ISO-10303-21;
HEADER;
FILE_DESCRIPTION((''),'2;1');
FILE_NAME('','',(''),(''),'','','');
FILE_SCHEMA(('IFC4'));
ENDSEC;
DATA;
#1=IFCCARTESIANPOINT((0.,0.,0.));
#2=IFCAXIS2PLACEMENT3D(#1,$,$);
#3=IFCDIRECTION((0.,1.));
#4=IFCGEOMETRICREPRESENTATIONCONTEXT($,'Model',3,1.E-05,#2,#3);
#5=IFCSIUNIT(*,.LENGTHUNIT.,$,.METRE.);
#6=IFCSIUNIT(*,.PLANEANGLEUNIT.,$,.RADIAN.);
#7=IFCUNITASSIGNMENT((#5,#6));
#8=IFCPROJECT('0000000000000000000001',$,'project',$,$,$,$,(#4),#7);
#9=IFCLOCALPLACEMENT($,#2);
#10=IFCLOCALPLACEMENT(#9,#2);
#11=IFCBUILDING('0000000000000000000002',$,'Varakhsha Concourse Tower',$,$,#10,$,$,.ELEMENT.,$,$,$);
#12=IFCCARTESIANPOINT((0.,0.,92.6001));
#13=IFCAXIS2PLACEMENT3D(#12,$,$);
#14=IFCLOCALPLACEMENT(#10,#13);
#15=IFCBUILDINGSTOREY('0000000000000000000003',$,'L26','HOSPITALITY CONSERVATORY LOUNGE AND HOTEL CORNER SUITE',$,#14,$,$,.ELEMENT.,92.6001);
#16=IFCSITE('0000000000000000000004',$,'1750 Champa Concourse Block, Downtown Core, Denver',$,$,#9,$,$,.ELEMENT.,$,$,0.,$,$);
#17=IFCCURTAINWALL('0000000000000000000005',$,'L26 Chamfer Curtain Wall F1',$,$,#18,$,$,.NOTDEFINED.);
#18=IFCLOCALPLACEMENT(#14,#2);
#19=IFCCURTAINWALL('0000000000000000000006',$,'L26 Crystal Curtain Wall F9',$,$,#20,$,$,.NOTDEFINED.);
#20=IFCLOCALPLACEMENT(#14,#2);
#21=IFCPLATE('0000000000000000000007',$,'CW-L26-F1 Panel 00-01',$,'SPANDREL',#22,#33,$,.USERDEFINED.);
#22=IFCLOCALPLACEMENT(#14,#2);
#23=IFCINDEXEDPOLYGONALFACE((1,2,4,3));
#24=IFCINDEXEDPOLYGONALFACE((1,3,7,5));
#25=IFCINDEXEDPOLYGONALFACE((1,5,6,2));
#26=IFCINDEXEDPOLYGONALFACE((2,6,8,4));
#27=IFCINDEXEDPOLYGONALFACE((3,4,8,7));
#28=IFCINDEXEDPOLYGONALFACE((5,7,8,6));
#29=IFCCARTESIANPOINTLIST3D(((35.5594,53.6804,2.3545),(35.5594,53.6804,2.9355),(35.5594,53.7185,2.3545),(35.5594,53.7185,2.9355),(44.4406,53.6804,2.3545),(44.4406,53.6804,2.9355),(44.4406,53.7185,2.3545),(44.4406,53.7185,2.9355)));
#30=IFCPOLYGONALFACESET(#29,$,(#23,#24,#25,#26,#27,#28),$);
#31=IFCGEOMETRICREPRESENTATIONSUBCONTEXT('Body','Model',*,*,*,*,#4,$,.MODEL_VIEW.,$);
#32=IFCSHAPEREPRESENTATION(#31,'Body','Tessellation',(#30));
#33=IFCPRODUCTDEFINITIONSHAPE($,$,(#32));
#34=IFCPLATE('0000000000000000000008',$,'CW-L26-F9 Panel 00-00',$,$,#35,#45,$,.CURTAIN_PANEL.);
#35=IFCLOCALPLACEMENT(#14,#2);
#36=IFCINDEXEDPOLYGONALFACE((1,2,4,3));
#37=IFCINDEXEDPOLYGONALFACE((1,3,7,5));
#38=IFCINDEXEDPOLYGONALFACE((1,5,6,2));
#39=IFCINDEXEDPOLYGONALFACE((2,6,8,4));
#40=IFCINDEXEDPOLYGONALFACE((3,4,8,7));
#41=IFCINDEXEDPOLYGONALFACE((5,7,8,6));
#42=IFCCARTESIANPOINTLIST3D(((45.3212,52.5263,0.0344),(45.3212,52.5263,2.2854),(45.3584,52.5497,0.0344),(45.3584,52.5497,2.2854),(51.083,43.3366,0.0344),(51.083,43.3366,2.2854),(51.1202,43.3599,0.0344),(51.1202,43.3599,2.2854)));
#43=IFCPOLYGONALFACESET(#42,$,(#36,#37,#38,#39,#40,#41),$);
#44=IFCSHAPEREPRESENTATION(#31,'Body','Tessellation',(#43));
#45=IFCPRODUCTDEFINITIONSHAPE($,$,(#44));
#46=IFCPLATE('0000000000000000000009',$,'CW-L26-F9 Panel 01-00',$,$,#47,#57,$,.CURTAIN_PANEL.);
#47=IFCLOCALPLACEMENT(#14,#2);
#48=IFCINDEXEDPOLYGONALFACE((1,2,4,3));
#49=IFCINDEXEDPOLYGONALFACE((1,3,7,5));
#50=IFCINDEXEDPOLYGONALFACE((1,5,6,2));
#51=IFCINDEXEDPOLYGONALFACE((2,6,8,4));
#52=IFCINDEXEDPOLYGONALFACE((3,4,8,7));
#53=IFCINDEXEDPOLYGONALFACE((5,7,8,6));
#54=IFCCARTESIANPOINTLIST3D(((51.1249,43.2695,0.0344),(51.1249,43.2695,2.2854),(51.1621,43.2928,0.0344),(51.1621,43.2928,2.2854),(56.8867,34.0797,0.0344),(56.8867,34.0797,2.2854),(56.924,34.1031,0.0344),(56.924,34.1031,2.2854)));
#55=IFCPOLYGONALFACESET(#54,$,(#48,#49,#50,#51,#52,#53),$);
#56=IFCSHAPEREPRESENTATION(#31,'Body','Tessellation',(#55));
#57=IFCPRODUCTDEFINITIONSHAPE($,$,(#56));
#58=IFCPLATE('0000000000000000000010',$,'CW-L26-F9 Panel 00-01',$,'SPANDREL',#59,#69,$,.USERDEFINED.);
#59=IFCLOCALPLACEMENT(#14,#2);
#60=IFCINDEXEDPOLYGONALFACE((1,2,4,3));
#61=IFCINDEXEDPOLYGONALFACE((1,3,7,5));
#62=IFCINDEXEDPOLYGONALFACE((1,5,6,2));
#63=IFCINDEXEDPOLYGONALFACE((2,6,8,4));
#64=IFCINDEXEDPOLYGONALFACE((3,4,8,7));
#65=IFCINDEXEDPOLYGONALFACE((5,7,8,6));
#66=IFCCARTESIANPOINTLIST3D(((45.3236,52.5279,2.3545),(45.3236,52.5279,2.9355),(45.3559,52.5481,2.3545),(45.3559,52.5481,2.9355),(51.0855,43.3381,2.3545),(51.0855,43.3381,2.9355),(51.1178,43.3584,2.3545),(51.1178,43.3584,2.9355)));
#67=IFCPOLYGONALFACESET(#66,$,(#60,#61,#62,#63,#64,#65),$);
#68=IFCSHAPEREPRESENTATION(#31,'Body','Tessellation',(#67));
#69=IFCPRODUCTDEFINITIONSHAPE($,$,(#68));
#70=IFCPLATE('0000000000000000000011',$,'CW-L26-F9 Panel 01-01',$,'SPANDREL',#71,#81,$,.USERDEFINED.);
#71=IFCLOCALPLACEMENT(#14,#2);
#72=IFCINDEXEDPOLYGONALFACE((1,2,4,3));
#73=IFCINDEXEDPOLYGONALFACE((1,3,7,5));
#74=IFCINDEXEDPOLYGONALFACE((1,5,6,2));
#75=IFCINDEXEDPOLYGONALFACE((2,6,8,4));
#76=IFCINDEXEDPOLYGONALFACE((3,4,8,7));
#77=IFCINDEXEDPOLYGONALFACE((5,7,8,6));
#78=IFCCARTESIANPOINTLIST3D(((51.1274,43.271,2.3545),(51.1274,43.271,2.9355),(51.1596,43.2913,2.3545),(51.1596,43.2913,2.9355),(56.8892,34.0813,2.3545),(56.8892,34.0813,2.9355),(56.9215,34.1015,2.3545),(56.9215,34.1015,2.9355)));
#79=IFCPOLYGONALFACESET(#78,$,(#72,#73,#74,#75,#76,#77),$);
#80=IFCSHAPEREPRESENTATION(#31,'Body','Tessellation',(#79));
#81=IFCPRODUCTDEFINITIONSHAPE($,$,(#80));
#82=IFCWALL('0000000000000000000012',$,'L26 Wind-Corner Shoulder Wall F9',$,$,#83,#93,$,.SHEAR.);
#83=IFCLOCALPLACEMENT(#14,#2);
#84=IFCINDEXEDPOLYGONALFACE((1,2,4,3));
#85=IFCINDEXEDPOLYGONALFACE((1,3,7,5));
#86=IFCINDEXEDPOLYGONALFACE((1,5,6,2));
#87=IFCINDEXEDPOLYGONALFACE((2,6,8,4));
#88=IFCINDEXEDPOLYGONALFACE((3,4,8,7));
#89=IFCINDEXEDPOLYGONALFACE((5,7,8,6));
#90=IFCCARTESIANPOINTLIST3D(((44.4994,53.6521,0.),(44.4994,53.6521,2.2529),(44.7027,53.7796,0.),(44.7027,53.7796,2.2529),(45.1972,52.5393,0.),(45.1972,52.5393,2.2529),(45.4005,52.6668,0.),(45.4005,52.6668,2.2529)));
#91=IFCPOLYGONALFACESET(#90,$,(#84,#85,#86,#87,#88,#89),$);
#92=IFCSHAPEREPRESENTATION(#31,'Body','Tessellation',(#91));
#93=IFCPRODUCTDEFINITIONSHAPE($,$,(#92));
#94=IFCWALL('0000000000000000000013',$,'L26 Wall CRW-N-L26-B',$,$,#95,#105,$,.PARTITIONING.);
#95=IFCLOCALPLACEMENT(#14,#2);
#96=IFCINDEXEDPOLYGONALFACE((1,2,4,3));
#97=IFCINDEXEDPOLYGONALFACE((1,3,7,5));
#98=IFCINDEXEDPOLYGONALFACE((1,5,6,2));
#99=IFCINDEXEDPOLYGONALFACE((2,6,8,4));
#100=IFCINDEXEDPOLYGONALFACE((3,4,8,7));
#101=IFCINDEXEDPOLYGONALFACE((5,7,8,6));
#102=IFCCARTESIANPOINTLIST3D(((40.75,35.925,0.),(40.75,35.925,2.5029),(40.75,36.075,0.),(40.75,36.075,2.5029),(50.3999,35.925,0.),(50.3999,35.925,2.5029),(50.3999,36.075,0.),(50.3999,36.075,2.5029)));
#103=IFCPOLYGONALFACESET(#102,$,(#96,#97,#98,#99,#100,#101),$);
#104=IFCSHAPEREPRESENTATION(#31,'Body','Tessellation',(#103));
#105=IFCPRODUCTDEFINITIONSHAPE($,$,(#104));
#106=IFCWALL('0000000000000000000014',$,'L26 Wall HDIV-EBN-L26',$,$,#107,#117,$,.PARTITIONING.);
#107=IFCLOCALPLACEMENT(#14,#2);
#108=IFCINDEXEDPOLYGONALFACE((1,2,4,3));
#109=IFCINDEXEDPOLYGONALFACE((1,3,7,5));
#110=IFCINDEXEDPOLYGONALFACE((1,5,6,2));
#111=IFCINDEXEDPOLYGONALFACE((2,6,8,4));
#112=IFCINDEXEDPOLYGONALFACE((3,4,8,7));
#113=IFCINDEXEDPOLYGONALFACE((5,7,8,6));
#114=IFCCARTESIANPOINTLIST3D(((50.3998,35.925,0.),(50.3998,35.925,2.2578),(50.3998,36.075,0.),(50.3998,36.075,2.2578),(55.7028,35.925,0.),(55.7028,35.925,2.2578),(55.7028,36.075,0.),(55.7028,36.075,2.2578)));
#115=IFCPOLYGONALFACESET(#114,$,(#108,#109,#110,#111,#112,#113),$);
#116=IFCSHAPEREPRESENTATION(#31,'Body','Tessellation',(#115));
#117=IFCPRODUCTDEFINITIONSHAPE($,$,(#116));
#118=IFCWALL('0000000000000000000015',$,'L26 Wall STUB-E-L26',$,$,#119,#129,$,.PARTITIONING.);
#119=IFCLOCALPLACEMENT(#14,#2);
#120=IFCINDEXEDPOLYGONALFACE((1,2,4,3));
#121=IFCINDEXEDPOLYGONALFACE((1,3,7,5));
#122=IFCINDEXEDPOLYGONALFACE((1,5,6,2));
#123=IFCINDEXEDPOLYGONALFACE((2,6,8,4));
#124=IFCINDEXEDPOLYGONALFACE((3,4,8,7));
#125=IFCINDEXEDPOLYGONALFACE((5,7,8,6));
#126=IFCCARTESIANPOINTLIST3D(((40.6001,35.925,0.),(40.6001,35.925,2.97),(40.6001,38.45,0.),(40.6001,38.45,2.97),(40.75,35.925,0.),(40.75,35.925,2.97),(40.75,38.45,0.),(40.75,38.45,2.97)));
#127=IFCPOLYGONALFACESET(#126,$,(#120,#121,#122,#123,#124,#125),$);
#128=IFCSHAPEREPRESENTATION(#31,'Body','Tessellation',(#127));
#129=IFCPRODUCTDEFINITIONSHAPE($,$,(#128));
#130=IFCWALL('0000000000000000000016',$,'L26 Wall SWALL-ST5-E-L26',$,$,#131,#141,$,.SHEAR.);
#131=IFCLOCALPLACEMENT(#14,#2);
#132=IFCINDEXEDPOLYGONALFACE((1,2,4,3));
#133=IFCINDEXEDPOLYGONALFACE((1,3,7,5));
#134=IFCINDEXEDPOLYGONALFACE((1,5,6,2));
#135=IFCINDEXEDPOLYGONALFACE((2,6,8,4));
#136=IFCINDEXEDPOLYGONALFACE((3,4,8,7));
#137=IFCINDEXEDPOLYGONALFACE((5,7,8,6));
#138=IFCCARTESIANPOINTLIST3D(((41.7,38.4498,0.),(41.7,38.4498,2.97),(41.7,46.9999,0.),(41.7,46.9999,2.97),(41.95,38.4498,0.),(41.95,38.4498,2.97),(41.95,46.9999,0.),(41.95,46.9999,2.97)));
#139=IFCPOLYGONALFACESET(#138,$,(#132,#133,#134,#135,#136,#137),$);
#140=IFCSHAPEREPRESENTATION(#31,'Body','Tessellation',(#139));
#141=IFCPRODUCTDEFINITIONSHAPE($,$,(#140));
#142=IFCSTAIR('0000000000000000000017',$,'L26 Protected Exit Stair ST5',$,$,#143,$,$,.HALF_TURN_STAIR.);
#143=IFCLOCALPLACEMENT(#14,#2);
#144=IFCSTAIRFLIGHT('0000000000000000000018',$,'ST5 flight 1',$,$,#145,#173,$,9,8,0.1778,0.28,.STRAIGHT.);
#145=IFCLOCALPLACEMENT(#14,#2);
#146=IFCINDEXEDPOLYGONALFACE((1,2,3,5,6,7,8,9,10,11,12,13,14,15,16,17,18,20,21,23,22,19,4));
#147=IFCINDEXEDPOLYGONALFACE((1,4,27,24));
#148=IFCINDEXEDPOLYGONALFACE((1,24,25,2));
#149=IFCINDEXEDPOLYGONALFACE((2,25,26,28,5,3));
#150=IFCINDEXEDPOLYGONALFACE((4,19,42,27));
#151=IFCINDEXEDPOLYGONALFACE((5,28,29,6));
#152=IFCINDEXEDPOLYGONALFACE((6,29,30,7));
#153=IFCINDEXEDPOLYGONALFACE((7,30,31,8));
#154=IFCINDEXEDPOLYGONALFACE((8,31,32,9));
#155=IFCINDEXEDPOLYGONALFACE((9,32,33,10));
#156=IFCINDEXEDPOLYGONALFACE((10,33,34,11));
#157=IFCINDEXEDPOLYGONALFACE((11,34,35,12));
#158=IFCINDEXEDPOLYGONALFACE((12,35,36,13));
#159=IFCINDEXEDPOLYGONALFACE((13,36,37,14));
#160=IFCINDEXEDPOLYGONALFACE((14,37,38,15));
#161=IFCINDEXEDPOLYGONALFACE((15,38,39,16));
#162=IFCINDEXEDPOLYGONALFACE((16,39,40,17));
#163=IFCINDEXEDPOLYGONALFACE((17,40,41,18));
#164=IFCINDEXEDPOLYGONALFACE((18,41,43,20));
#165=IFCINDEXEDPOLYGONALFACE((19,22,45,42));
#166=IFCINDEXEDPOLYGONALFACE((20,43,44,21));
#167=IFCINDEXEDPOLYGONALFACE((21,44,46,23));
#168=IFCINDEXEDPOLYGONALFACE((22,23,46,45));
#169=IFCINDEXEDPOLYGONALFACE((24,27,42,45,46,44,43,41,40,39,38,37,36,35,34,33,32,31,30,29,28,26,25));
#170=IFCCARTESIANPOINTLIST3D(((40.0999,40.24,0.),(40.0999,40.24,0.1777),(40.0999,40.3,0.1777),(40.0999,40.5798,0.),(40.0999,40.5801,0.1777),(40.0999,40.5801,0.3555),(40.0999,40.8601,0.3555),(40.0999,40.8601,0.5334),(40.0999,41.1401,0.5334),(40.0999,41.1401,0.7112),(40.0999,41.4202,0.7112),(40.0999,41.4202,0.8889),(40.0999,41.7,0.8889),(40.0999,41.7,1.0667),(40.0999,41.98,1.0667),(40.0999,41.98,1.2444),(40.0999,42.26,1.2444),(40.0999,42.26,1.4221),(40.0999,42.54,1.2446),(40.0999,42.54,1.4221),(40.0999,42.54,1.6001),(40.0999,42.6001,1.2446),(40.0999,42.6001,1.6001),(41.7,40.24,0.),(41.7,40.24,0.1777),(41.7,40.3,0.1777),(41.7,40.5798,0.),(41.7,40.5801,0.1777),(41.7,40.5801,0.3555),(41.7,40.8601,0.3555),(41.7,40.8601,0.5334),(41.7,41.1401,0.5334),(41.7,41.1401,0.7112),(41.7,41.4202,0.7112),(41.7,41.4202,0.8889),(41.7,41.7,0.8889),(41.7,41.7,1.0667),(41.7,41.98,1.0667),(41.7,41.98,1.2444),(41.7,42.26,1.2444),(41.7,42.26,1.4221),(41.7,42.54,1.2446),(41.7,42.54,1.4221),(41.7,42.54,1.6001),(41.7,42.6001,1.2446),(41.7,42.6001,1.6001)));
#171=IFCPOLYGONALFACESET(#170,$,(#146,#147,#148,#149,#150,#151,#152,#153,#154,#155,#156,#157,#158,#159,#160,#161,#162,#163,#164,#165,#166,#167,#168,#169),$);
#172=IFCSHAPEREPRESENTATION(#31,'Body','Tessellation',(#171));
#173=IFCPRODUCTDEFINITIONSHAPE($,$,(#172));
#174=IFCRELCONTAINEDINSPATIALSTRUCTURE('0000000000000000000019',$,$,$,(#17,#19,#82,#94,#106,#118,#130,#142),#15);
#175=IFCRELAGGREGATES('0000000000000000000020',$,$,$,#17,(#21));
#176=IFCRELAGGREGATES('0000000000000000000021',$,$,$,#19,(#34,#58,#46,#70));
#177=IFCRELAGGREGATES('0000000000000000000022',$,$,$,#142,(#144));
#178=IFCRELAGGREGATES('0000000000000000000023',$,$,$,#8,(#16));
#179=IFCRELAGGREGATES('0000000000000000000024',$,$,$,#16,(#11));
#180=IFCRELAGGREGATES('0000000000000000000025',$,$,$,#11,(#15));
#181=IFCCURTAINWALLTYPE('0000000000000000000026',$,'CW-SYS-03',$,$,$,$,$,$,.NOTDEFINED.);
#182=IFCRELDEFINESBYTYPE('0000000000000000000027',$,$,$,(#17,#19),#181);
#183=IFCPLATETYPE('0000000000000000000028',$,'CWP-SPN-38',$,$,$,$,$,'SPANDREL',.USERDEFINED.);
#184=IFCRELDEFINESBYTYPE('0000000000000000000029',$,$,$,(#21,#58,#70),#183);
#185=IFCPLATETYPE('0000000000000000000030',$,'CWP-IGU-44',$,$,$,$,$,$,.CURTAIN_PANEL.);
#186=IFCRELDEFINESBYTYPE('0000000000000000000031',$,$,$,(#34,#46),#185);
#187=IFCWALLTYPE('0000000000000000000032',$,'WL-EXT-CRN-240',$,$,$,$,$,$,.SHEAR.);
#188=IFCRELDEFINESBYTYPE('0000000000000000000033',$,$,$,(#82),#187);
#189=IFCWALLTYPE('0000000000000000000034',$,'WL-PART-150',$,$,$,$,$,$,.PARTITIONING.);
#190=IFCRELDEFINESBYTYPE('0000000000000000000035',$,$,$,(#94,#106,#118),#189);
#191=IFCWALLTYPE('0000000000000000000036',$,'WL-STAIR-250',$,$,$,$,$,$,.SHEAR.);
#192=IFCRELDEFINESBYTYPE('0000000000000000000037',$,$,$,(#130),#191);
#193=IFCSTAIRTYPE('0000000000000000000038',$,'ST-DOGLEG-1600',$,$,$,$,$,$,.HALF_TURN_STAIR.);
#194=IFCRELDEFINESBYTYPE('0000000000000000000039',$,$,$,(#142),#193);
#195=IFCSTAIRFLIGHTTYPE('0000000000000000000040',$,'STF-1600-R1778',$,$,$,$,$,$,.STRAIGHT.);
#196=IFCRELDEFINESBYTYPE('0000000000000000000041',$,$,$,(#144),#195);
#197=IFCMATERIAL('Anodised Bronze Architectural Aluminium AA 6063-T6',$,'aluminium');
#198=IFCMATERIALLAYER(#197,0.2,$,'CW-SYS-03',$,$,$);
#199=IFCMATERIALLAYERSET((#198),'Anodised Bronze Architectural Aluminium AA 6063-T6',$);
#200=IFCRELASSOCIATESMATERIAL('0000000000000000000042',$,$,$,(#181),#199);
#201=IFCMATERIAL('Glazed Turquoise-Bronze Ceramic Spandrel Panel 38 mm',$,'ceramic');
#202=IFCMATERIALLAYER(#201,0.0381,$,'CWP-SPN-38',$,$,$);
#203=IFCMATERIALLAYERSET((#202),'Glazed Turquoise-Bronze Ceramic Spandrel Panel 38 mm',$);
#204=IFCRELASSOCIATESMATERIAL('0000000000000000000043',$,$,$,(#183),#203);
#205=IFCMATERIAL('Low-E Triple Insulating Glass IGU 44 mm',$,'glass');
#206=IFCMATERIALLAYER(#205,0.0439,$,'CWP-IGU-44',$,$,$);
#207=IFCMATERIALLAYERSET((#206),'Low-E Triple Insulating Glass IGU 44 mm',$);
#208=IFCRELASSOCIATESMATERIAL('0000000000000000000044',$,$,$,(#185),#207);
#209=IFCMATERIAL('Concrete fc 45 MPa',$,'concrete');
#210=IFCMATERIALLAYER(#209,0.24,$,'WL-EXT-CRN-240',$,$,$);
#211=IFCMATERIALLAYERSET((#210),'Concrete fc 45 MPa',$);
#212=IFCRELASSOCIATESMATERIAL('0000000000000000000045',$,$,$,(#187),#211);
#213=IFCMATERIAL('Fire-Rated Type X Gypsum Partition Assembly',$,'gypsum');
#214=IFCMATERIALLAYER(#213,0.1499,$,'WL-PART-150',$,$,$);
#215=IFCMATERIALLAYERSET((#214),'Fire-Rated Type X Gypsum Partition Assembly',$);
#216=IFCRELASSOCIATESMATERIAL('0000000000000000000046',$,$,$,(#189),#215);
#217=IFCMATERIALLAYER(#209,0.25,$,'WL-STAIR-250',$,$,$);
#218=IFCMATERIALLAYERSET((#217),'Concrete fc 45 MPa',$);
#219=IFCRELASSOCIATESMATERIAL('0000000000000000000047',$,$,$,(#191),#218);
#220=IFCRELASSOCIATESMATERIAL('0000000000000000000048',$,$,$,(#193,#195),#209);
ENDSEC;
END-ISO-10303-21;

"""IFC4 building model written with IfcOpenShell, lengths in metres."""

from ifc_helpers import new_model, si_unit, direction, frame, frame_2d, origin, origin_2d, place, context, subcontext, project, spatial, polyline, rectangle, outline, extrude, source, transform, mapped, material, layer, layer_set, type_object, type_shapes, element, aggregate, save


model = new_model("IFC4")

# Units and contexts
model_context = context("Model", 3, precision=1e-05, world=origin(), true_north=direction((0.0, 1.0)))
body_context = subcontext(model_context, "Body", "Model", "MODEL_VIEW")
ifc_project = project(units=[si_unit("LENGTHUNIT", "METRE"), si_unit("PLANEANGLEUNIT", "RADIAN")], contexts=[model_context])

# Site, building, storey
site_placement = place(None, origin())
site = spatial("IfcSite", under=ifc_project, at=site_placement, Name="1750 Champa Concourse Block, Downtown Core, Denver", CompositionType="ELEMENT", RefElevation=0.0)
building_placement = place(site_placement, origin())
building = spatial("IfcBuilding", under=site, at=building_placement, Name="Varakhsha Concourse Tower", CompositionType="ELEMENT")
storey_placement = place(building_placement, frame((0.0, 0.0, 92.6001)))
storey = spatial("IfcBuildingStorey", under=building, at=storey_placement, Name="L26", Description="HOSPITALITY CONSERVATORY LOUNGE AND HOTEL CORNER SUITE", CompositionType="ELEMENT", Elevation=92.6001)

# Curtain wall
ifc_material_1 = material(Name="Anodised Bronze Architectural Aluminium AA 6063-T6", Category="aluminium")
ifc_layer_1 = layer(ifc_material_1, 0.2, Name="CW-SYS-03")
ifc_layer_set_1 = layer_set([ifc_layer_1], Name="Anodised Bronze Architectural Aluminium AA 6063-T6")
curtain_wall_type = type_object("IfcCurtainWallType", Name="CW-SYS-03", PredefinedType="NOTDEFINED", material=ifc_layer_set_1)
curtain_wall_1_placement = place(storey_placement, origin())
curtain_wall_1 = element("IfcCurtainWall", 1, at=curtain_wall_1_placement, inside=storey, type_object=curtain_wall_type, Name="L26 Chamfer Curtain Wall F1", PredefinedType="NOTDEFINED")

# Curtain wall
curtain_wall_2_placement = place(storey_placement, origin())
curtain_wall_2 = element("IfcCurtainWall", 2, at=curtain_wall_2_placement, inside=storey, type_object=curtain_wall_type, Name="L26 Crystal Curtain Wall F9", PredefinedType="NOTDEFINED")

# Plates
ifc_material_2 = material(Name="Glazed Turquoise-Bronze Ceramic Spandrel Panel 38 mm", Category="ceramic")
ifc_layer_2 = layer(ifc_material_2, 0.0381, Name="CWP-SPN-38")
ifc_layer_set_2 = layer_set([ifc_layer_2], Name="Glazed Turquoise-Bronze Ceramic Spandrel Panel 38 mm")
plate_type_1 = type_object("IfcPlateType", Name="CWP-SPN-38", ElementType="SPANDREL", PredefinedType="USERDEFINED", material=ifc_layer_set_2)
shared_shape_1 = source(origin(), body_context, "Body", "SweptSolid", [
    extrude(rectangle(XDim=8.8811, YDim=0.0381, at=origin_2d()), origin(), (0.0, 0.0, 1.0), 0.5811),
])
plate_1_placement = place(storey_placement, frame((40.0, 53.6995, 2.3545), z_axis=(0.0, 0.0, 1.0), x_axis=(1.0, 0.0, 0.0)))
plate_1 = element("IfcPlate", 3, at=plate_1_placement, type_object=plate_type_1, Name="CW-L26-F1 Panel 00-01", ObjectType="SPANDREL", PredefinedType="USERDEFINED", context=body_context, shape_type="MappedRepresentation", body=[
    mapped(shared_shape_1, transform((0.0, 0.0, 0.0), scale=1.0)),
])
aggregate(curtain_wall_1, [plate_1])
ifc_material_3 = material(Name="Low-E Triple Insulating Glass IGU 44 mm", Category="glass")
ifc_layer_3 = layer(ifc_material_3, 0.0439, Name="CWP-IGU-44")
ifc_layer_set_3 = layer_set([ifc_layer_3], Name="Low-E Triple Insulating Glass IGU 44 mm")
plate_type_2 = type_object("IfcPlateType", Name="CWP-IGU-44", PredefinedType="CURTAIN_PANEL", material=ifc_layer_set_3)
shared_shape_2 = source(origin(), body_context, "Body", "SweptSolid", [
    extrude(rectangle(XDim=10.8467, YDim=0.0439, at=origin_2d()), origin(), (0.0, 0.0, 1.0), 2.251),
])
type_shapes(plate_type_2, [shared_shape_2])
plate_2_placement = place(storey_placement, frame((48.2207, 47.9431, 0.0344), z_axis=(0.0, 0.0, 1.0), x_axis=(0.531209, -0.847241, 0.0)))
plate_2 = element("IfcPlate", 4, at=plate_2_placement, type_object=plate_type_2, Name="CW-L26-F9 Panel 00-00", PredefinedType="CURTAIN_PANEL", context=body_context, shape_type="MappedRepresentation", body=[
    mapped(shared_shape_2, transform((0.0, 0.0, 0.0), scale=1.0)),
])
plate_3_placement = place(storey_placement, frame((54.0244, 38.6863, 0.0344), z_axis=(0.0, 0.0, 1.0), x_axis=(0.531209, -0.847241, 0.0)))
plate_3 = element("IfcPlate", 5, at=plate_3_placement, type_object=plate_type_2, Name="CW-L26-F9 Panel 01-00", PredefinedType="CURTAIN_PANEL", context=body_context, shape_type="MappedRepresentation", body=[
    mapped(shared_shape_2, transform((0.0, 0.0, 0.0), scale=1.0)),
])
shared_shape_3 = source(origin(), body_context, "Body", "SweptSolid", [
    extrude(rectangle(XDim=10.8467, YDim=0.0381, at=origin_2d()), origin(), (0.0, 0.0, 1.0), 0.5811),
])
type_shapes(plate_type_1, [shared_shape_1, shared_shape_3])
plate_4_placement = place(storey_placement, frame((48.2207, 47.9431, 2.3545), z_axis=(0.0, 0.0, 1.0), x_axis=(0.531209, -0.847241, 0.0)))
plate_4 = element("IfcPlate", 6, at=plate_4_placement, type_object=plate_type_1, Name="CW-L26-F9 Panel 00-01", ObjectType="SPANDREL", PredefinedType="USERDEFINED", context=body_context, shape_type="MappedRepresentation", body=[
    mapped(shared_shape_3, transform((0.0, 0.0, 0.0), scale=1.0)),
])
plate_5_placement = place(storey_placement, frame((54.0244, 38.6863, 2.3545), z_axis=(0.0, 0.0, 1.0), x_axis=(0.531209, -0.847241, 0.0)))
plate_5 = element("IfcPlate", 7, at=plate_5_placement, type_object=plate_type_1, Name="CW-L26-F9 Panel 01-01", ObjectType="SPANDREL", PredefinedType="USERDEFINED", context=body_context, shape_type="MappedRepresentation", body=[
    mapped(shared_shape_3, transform((0.0, 0.0, 0.0), scale=1.0)),
])
aggregate(curtain_wall_2, [plate_2, plate_4, plate_3, plate_5])

# Walls
ifc_material_4 = material(Name="Concrete fc 45 MPa", Category="concrete")
ifc_layer_4 = layer(ifc_material_4, 0.24, Name="WL-EXT-CRN-240")
ifc_layer_set_4 = layer_set([ifc_layer_4], Name="Concrete fc 45 MPa")
wall_type_1 = type_object("IfcWallType", Name="WL-EXT-CRN-240", PredefinedType="SHEAR", material=ifc_layer_set_4)
wall_1_placement = place(storey_placement, frame((45.2988, 52.603, 0.0), z_axis=(0.0, 0.0, 1.0), x_axis=(-0.531235, 0.847225, 0.0)))
element("IfcWall", 8, at=wall_1_placement, inside=storey, type_object=wall_type_1, Name="L26 Wind-Corner Shoulder Wall F9", PredefinedType="SHEAR", context=body_context, shape_type="SweptSolid", body=[
    extrude(rectangle(XDim=1.3135, YDim=0.24, at=frame_2d((0.6567, 0.0))), origin(), (0.0, 0.0, 1.0), 2.2529),
])
ifc_material_5 = material(Name="Fire-Rated Type X Gypsum Partition Assembly", Category="gypsum")
ifc_layer_5 = layer(ifc_material_5, 0.1499, Name="WL-PART-150")
ifc_layer_set_5 = layer_set([ifc_layer_5], Name="Fire-Rated Type X Gypsum Partition Assembly")
wall_type_2 = type_object("IfcWallType", Name="WL-PART-150", PredefinedType="PARTITIONING", material=ifc_layer_set_5)
wall_2_placement = place(storey_placement, frame((40.75, 36.0, 0.0), z_axis=(0.0, 0.0, 1.0), x_axis=(1.0, 0.0, 0.0)))
element("IfcWall", 9, at=wall_2_placement, inside=storey, type_object=wall_type_2, Name="L26 Wall CRW-N-L26-B", PredefinedType="PARTITIONING", context=body_context, shape_type="SweptSolid", body=[
    extrude(rectangle(XDim=9.6499, YDim=0.1499, at=frame_2d((4.825, 0.0))), origin(), (0.0, 0.0, 1.0), 2.5029),
])
wall_3_placement = place(storey_placement, frame((50.3999, 36.0, 0.0), z_axis=(0.0, 0.0, 1.0), x_axis=(1.0, 0.0, 0.0)))
element("IfcWall", 10, at=wall_3_placement, inside=storey, type_object=wall_type_2, Name="L26 Wall HDIV-EBN-L26", PredefinedType="PARTITIONING", context=body_context, shape_type="SweptSolid", body=[
    extrude(rectangle(XDim=5.303, YDim=0.1499, at=frame_2d((2.6514, 0.0))), origin(), (0.0, 0.0, 1.0), 2.2578),
])
wall_4_placement = place(storey_placement, frame((40.675, 35.925, 0.0), z_axis=(0.0, 0.0, 1.0), x_axis=(0.0, 1.0, 0.0)))
element("IfcWall", 11, at=wall_4_placement, inside=storey, type_object=wall_type_2, Name="L26 Wall STUB-E-L26", PredefinedType="PARTITIONING", context=body_context, shape_type="SweptSolid", body=[
    extrude(rectangle(XDim=2.5249, YDim=0.1499, at=frame_2d((1.2625, 0.0))), origin(), (0.0, 0.0, 1.0), 2.97),
])
ifc_layer_6 = layer(ifc_material_4, 0.25, Name="WL-STAIR-250")
ifc_layer_set_6 = layer_set([ifc_layer_6], Name="Concrete fc 45 MPa")
wall_type_3 = type_object("IfcWallType", Name="WL-STAIR-250", PredefinedType="SHEAR", material=ifc_layer_set_6)
wall_5_placement = place(storey_placement, frame((41.825, 38.45, 0.0), z_axis=(0.0, 0.0, 1.0), x_axis=(0.0, 1.0, 0.0)))
element("IfcWall", 12, at=wall_5_placement, inside=storey, type_object=wall_type_3, Name="L26 Wall SWALL-ST5-E-L26", PredefinedType="SHEAR", context=body_context, shape_type="SweptSolid", body=[
    extrude(rectangle(XDim=8.55, YDim=0.25, at=frame_2d((4.2749, 0.0))), origin(), (0.0, 0.0, 1.0), 2.97),
])

# Stair, stair flight
stair_type = type_object("IfcStairType", Name="ST-DOGLEG-1600", PredefinedType="HALF_TURN_STAIR", material=ifc_material_4)
stair_placement = place(storey_placement, origin())
stair = element("IfcStair", 13, at=stair_placement, inside=storey, type_object=stair_type, Name="L26 Protected Exit Stair ST5", PredefinedType="HALF_TURN_STAIR")
stair_flight_type = type_object("IfcStairFlightType", Name="STF-1600-R1778", PredefinedType="STRAIGHT", material=ifc_material_4)
stair_flight_1_placement = place(storey_placement, frame((40.8999, 40.3, 0.0), z_axis=(0.0, 0.0, 1.0), x_axis=(0.0, 1.0, 0.0)))
stair_flight_1 = element("IfcStairFlight", 14, at=stair_flight_1_placement, type_object=stair_flight_type, Name="ST5 flight 1", NumberOfRisers=9, NumberOfTreads=8, PredefinedType="STRAIGHT", RiserHeight=0.1778, TreadLength=0.28, context=body_context, shape_type="SweptSolid", body=[
    extrude(outline(polyline([(-0.0601, 0.0), (-0.0601, 0.1777), (0.0, 0.1777), (0.28, 0.1777), (0.28, 0.3555), (0.5601, 0.3555), (0.5601, 0.5334), (0.8401, 0.5334), (0.8401, 0.7112), (1.1201, 0.7112), (1.1201, 0.8889), (1.3999, 0.8889), (1.3999, 1.0667), (1.6799, 1.0667), (1.6799, 1.2444), (1.96, 1.2444), (1.96, 1.4221), (2.24, 1.4221), (2.24, 1.6001), (2.3, 1.6001), (2.3, 1.2446), (2.24, 1.2446), (0.2798, 0.0), (-0.0601, 0.0)])), frame((0.0, 0.8, 0.0), z_axis=(0.0, -1.0, 0.0), x_axis=(1.0, 0.0, 0.0)), (0.0, 0.0, 1.0), 1.6001),
])
aggregate(stair, [stair_flight_1])

save(model, "model.ifc")
